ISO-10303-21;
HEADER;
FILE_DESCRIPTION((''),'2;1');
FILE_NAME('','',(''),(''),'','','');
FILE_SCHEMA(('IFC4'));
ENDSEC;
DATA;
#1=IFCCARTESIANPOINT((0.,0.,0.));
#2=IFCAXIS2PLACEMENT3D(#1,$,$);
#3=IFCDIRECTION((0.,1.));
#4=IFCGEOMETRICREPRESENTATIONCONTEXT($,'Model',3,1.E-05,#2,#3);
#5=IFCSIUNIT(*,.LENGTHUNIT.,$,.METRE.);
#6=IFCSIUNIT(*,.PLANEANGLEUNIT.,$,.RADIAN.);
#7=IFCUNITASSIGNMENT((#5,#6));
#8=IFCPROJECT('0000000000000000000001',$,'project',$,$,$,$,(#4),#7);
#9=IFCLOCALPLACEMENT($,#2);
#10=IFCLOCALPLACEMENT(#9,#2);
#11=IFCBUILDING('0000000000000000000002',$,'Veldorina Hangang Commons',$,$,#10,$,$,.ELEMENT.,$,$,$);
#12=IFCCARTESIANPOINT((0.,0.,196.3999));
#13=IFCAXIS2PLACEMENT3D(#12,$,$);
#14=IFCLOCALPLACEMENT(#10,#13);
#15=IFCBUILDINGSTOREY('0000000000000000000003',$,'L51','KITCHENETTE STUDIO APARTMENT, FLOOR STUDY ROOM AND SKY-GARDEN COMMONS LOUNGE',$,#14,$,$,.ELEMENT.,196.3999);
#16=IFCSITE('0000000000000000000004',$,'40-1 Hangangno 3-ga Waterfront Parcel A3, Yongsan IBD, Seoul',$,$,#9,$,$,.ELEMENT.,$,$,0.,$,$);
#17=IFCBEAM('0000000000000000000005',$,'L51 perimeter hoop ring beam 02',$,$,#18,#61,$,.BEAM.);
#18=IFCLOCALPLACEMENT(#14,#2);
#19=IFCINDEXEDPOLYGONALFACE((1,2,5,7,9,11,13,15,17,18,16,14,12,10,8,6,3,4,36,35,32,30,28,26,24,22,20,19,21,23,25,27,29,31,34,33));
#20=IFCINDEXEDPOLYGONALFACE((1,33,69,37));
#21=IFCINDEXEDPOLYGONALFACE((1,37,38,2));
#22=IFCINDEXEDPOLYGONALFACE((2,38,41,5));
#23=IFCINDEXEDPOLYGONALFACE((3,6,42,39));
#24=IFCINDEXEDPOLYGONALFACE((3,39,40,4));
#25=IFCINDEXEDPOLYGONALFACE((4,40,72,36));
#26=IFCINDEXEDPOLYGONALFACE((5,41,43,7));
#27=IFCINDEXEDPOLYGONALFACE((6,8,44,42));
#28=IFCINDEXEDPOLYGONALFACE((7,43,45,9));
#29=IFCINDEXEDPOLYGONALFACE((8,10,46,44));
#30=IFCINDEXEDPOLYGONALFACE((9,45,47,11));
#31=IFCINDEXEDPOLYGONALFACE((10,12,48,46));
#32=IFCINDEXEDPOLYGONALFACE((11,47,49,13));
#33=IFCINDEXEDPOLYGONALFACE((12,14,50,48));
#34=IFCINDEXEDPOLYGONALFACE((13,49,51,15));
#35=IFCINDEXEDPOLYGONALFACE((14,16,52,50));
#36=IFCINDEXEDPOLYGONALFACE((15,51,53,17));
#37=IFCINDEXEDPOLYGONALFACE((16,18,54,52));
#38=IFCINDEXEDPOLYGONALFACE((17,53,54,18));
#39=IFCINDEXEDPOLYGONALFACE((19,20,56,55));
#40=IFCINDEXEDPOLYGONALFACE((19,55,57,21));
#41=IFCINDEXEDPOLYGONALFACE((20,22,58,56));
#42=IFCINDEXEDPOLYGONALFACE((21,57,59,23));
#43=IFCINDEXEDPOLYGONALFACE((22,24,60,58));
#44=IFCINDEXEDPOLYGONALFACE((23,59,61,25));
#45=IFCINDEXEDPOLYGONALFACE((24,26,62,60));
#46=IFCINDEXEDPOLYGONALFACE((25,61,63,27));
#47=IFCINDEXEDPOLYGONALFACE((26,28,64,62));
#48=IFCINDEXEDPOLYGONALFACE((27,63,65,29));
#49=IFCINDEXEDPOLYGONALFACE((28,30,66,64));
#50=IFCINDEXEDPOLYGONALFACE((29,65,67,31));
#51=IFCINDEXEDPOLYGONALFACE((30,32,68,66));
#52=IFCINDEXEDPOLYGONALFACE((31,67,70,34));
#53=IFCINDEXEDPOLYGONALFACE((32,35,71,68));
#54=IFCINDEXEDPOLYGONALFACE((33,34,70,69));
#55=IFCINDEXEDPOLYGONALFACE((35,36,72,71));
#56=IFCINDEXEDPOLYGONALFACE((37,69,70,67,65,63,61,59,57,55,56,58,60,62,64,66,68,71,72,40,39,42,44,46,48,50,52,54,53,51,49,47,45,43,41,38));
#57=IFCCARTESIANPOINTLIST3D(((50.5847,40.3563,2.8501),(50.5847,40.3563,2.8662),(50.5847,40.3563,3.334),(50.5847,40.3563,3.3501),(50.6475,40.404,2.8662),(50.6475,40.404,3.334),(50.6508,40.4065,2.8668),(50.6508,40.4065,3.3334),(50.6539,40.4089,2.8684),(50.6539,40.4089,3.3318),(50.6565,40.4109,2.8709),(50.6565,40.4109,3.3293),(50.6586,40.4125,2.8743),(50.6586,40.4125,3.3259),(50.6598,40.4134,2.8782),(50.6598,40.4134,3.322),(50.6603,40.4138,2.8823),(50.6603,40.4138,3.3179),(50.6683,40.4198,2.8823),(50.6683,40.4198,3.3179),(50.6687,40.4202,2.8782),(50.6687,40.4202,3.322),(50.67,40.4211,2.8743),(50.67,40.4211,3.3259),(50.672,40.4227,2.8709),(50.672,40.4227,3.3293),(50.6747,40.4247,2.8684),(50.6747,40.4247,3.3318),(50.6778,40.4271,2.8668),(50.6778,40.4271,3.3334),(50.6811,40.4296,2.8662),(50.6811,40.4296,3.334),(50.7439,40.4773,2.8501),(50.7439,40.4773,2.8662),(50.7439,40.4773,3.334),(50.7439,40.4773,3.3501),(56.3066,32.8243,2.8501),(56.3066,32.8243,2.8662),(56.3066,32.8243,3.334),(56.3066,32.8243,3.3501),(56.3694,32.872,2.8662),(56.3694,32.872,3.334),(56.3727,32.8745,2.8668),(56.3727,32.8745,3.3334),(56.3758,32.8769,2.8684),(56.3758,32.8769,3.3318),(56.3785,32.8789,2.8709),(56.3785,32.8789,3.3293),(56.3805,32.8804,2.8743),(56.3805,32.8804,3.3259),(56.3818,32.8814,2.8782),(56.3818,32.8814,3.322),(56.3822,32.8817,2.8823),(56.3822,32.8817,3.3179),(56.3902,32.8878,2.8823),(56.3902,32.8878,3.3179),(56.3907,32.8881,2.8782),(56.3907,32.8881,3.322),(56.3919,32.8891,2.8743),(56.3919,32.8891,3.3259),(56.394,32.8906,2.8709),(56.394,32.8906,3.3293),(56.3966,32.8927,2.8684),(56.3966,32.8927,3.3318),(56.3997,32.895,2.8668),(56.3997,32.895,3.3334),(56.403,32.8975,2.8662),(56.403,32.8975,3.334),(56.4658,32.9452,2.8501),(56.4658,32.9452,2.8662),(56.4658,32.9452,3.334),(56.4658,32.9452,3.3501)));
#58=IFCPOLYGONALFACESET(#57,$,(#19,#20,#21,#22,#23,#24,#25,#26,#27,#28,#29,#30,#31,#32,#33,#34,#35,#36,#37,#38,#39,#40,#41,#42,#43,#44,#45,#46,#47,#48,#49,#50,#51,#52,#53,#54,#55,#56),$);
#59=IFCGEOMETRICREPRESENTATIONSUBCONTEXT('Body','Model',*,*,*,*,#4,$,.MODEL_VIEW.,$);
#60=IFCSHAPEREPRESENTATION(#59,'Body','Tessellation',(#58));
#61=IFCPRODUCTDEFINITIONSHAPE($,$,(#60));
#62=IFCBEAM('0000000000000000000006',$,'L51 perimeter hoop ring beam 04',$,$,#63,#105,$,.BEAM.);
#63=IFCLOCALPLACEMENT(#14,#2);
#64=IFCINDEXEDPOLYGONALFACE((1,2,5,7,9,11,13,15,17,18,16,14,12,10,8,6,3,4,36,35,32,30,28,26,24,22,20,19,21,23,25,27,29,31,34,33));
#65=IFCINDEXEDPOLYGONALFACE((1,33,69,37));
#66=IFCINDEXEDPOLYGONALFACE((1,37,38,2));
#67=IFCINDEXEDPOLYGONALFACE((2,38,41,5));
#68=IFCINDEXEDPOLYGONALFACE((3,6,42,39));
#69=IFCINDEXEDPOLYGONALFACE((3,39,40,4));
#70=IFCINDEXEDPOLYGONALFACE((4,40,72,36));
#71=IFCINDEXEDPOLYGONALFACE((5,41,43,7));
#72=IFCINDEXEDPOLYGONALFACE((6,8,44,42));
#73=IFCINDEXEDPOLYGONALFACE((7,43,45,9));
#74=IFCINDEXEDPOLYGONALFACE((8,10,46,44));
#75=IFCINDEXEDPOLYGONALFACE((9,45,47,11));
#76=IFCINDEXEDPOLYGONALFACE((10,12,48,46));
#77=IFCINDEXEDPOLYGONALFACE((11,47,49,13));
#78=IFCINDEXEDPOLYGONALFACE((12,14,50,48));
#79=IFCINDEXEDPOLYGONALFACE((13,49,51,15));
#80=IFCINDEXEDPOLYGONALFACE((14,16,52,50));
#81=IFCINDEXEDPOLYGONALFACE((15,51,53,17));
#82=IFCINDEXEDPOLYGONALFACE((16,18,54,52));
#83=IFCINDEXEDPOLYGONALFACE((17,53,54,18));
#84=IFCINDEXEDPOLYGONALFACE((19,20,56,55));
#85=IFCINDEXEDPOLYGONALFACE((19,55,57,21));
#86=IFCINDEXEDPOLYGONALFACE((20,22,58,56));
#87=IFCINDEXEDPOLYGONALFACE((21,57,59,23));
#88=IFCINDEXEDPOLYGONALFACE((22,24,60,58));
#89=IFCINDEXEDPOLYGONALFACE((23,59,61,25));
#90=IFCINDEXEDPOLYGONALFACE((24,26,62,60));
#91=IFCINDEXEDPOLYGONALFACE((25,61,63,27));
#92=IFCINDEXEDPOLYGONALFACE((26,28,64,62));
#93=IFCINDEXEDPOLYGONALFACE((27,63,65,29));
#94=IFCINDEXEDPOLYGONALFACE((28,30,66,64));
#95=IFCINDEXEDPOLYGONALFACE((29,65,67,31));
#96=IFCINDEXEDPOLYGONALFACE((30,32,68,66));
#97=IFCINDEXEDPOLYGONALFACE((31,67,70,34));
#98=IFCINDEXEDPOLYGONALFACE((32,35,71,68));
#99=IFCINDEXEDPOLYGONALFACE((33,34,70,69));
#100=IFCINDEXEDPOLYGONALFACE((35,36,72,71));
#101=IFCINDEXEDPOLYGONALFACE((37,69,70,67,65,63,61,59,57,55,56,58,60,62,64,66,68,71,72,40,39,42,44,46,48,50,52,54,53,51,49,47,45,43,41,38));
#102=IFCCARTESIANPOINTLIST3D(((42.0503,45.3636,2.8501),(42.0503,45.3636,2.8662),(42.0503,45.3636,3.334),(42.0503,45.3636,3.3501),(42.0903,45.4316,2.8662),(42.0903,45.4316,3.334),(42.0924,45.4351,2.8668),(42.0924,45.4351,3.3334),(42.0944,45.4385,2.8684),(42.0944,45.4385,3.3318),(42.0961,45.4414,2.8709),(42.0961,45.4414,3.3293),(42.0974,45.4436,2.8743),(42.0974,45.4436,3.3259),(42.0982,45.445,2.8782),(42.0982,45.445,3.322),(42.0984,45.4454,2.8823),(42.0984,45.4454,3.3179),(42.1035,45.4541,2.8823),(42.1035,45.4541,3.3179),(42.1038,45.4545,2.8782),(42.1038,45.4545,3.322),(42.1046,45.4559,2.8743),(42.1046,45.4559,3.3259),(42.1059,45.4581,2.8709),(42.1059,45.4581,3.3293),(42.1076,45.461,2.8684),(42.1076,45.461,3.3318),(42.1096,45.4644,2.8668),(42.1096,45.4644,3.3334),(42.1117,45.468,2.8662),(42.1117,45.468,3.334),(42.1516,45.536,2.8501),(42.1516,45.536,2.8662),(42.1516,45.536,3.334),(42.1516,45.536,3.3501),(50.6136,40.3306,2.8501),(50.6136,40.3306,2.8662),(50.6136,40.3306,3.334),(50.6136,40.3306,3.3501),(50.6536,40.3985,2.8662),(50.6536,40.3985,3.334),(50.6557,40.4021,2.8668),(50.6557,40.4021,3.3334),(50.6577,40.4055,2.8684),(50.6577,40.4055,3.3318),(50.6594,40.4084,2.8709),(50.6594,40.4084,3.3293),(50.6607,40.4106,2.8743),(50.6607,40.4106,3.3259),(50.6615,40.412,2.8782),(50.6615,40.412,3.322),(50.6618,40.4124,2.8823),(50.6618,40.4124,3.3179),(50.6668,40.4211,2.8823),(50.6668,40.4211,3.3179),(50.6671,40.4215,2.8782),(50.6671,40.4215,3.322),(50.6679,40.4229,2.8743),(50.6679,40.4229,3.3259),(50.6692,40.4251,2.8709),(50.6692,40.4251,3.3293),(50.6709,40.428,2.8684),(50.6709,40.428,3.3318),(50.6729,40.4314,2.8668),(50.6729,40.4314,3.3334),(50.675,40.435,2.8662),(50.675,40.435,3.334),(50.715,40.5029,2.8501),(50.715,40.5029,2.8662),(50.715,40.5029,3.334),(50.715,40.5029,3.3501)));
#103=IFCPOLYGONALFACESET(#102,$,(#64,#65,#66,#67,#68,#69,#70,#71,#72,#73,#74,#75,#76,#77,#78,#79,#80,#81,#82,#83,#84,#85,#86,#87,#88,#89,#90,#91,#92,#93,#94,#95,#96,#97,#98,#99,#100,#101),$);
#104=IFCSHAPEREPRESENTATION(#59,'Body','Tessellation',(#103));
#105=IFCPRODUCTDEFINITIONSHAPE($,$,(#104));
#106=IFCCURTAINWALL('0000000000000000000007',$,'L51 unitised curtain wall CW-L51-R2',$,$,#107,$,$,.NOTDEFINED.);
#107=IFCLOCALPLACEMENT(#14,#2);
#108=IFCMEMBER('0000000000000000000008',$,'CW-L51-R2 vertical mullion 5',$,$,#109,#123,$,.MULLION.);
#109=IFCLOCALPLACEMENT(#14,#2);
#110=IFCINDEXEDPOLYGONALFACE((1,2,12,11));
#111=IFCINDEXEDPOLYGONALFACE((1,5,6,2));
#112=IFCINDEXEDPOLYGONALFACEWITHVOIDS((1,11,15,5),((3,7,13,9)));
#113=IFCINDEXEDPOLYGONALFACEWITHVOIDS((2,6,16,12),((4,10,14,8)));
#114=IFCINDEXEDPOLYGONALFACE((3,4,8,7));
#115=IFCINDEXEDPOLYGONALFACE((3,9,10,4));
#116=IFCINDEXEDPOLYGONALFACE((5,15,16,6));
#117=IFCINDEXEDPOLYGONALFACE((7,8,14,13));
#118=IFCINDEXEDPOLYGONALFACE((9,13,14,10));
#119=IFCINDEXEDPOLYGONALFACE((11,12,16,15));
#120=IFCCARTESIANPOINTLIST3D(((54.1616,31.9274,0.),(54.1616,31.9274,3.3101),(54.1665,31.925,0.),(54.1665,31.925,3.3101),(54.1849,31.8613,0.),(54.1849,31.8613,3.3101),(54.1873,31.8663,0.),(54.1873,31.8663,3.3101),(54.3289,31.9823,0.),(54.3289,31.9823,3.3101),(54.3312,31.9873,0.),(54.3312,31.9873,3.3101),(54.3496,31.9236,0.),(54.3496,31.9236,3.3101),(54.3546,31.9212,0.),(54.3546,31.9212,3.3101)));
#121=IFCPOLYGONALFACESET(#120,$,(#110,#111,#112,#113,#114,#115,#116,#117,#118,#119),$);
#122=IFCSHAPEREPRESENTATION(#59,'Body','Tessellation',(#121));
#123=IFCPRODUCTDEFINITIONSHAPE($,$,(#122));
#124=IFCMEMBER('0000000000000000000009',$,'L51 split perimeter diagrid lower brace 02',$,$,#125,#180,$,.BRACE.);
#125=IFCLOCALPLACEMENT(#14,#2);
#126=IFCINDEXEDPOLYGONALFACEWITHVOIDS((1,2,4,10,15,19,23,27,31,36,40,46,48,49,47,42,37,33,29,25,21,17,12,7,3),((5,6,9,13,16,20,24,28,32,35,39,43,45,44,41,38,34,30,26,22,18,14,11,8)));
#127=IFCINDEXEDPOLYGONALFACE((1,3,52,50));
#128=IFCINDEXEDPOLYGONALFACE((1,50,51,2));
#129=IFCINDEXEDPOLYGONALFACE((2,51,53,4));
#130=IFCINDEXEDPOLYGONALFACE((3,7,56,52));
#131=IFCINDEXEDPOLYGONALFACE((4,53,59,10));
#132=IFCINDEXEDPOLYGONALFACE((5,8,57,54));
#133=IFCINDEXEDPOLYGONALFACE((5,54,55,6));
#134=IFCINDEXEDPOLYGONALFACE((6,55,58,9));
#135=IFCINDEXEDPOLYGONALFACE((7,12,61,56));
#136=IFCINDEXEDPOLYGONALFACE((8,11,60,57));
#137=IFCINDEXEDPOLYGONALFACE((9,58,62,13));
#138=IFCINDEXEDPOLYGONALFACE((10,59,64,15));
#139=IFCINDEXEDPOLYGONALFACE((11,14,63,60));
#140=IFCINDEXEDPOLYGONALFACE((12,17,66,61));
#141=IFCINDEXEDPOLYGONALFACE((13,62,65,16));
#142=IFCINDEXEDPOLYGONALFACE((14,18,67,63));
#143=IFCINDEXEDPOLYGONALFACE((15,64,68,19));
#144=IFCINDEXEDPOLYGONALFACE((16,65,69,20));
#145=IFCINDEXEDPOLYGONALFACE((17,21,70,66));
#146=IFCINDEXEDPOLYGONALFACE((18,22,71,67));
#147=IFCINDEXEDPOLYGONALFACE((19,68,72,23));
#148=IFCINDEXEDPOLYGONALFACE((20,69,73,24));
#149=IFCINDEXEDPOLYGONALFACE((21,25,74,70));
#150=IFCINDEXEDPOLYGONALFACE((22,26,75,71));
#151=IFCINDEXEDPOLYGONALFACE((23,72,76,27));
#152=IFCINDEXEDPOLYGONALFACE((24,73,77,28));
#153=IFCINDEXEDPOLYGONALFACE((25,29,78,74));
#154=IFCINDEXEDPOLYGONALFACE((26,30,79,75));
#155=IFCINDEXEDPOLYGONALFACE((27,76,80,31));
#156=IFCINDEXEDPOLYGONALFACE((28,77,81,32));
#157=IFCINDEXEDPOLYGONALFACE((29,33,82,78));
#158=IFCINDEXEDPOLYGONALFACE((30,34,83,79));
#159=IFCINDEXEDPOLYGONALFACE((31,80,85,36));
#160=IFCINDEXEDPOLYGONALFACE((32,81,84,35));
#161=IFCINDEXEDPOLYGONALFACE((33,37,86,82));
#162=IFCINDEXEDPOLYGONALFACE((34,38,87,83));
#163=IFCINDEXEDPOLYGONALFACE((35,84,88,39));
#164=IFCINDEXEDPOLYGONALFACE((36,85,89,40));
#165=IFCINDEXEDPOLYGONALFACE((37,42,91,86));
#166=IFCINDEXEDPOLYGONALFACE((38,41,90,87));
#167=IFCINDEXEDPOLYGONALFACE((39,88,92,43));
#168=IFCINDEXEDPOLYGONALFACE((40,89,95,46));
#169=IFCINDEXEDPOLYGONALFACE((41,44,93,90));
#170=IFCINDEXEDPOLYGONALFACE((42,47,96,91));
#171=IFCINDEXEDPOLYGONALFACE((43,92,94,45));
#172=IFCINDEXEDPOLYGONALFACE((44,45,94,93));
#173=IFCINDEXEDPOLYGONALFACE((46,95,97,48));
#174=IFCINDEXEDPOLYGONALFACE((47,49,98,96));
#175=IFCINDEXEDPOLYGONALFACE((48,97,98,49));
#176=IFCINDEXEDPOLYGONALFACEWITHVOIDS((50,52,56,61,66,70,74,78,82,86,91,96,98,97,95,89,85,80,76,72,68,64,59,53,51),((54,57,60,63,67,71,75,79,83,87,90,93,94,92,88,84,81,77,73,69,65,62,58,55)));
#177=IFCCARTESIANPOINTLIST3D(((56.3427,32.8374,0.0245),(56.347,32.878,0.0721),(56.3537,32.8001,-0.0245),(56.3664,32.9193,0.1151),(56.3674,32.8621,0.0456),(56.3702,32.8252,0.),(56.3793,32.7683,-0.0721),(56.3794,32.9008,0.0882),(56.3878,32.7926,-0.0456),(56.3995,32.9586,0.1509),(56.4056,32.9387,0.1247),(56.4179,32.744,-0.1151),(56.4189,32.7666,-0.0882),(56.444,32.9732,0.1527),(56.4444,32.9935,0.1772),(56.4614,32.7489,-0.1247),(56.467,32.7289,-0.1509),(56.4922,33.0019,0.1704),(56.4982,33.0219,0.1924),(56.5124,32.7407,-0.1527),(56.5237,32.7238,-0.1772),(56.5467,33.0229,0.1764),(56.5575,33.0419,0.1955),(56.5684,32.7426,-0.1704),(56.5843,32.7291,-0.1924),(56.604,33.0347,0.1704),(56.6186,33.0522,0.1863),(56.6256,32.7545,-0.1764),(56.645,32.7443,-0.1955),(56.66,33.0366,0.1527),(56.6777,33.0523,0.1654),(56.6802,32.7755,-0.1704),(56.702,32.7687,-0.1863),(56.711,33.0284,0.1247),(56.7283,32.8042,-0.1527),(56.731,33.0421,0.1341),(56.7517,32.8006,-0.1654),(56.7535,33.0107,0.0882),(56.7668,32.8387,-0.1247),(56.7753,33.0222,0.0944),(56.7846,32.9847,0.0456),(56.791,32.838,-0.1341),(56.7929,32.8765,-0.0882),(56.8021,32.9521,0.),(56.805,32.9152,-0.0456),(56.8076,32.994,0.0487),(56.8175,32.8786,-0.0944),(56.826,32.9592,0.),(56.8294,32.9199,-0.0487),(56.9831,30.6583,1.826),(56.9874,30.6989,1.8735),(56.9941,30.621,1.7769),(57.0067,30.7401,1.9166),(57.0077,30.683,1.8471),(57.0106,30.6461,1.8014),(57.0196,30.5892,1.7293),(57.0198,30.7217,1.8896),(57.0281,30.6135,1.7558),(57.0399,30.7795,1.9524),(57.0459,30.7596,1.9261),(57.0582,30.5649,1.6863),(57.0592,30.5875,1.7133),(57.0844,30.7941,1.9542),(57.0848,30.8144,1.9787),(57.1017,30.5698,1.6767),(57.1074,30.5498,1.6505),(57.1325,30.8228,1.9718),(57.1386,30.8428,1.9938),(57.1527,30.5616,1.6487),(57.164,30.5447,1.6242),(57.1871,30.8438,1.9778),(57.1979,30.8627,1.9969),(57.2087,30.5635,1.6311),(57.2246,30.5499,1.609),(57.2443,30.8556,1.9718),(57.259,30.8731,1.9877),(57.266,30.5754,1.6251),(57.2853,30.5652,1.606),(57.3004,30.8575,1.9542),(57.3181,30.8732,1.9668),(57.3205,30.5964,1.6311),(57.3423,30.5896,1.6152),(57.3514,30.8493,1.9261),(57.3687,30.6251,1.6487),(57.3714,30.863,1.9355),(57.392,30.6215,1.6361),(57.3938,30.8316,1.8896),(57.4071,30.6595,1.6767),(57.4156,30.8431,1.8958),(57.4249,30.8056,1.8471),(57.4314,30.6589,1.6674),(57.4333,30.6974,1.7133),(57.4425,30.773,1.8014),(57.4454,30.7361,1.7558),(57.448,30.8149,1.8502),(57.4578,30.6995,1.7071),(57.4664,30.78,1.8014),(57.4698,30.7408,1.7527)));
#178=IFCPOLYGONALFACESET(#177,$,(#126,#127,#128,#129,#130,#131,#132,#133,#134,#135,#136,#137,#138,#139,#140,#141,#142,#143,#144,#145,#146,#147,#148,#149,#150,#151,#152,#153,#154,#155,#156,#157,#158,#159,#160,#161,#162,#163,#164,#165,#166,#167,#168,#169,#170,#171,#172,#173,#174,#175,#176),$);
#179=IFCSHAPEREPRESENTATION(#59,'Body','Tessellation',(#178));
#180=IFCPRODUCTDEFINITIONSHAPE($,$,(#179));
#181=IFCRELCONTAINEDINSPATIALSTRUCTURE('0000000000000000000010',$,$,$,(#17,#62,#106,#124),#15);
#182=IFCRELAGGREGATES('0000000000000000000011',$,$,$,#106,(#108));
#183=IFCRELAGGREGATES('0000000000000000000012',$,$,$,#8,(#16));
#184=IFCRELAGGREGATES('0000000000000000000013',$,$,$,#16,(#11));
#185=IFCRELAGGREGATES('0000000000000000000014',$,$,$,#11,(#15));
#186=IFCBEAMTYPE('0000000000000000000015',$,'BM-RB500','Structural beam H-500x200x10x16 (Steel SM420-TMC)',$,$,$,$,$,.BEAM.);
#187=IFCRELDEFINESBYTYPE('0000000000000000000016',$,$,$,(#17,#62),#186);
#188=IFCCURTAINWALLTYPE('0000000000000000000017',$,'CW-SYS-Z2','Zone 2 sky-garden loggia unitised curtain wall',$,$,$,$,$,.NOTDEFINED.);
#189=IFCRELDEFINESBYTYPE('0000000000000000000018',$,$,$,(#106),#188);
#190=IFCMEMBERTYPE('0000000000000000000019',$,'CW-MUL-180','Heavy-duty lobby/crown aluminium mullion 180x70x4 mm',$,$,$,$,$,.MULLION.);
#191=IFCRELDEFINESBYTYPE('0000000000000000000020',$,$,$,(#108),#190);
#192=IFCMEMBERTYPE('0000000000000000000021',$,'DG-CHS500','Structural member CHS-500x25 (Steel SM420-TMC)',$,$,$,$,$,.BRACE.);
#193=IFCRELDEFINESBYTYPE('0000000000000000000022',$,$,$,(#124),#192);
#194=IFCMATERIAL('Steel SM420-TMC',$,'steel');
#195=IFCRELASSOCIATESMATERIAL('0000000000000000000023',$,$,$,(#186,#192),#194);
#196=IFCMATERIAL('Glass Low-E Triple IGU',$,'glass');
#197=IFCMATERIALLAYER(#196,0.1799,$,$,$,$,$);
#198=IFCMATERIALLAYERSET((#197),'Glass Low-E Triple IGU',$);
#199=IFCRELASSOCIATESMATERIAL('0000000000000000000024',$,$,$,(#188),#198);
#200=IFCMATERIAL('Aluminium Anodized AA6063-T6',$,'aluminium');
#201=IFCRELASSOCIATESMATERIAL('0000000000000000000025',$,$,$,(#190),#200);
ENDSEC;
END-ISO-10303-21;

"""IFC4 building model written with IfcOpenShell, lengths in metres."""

from ifc_helpers import new_model, si_unit, direction, frame, origin, origin_2d, place, context, subcontext, project, spatial, hollow_rectangle, hollow_circle, i_section, extrude, material, layer, layer_set, material_profile, profile_set, type_object, element, aggregate, save


model = new_model("IFC4")

# Units and contexts
model_context = context("Model", 3, precision=1e-05, world=origin(), true_north=direction((0.0, 1.0)))
body_context = subcontext(model_context, "Body", "Model", "MODEL_VIEW")
ifc_project = project(units=[si_unit("LENGTHUNIT", "METRE"), si_unit("PLANEANGLEUNIT", "RADIAN")], contexts=[model_context])

# Site, building, storey
site_placement = place(None, origin())
site = spatial("IfcSite", under=ifc_project, at=site_placement, Name="40-1 Hangangno 3-ga Waterfront Parcel A3, Yongsan IBD, Seoul", CompositionType="ELEMENT", RefElevation=0.0)
building_placement = place(site_placement, origin())
building = spatial("IfcBuilding", under=site, at=building_placement, Name="Veldorina Hangang Commons", CompositionType="ELEMENT")
storey_placement = place(building_placement, frame((0.0, 0.0, 196.3999)))
storey = spatial("IfcBuildingStorey", under=building, at=storey_placement, Name="L51", Description="KITCHENETTE STUDIO APARTMENT, FLOOR STUDY ROOM AND SKY-GARDEN COMMONS LOUNGE", CompositionType="ELEMENT", Elevation=196.3999)

# Beams
ifc_material_1 = material(Name="Steel SM420-TMC", Category="steel")
ifc_material_profile_1 = material_profile(ifc_material_1, i_section(OverallWidth=0.2, OverallDepth=0.5, WebThickness=0.01, FlangeThickness=0.0161, FilletRadius=0.0161, at=origin_2d()), Name="H-500x200x10x16")
ifc_profile_set_1 = profile_set([ifc_material_profile_1], Name="Steel SM420-TMC")
beam_type = type_object("IfcBeamType", Name="BM-RB500", Description="Structural beam H-500x200x10x16 (Steel SM420-TMC)", PredefinedType="BEAM", material=ifc_profile_set_1)
beam_1_placement = place(storey_placement, frame((56.3862, 32.8848, 3.1001), z_axis=(-0.604924, 0.796284, 0.0), x_axis=(-0.796284, -0.604924, 0.0)))
element("IfcBeam", 1, at=beam_1_placement, inside=storey, type_object=beam_type, Name="L51 perimeter hoop ring beam 02", PredefinedType="BEAM", context=body_context, shape_type="SweptSolid", body=[
    extrude(i_section(OverallWidth=0.2, OverallDepth=0.5, WebThickness=0.01, FlangeThickness=0.0161, FilletRadius=0.0161, at=origin_2d()), origin(), (0.0, 0.0, 1.0), 9.459),
])
beam_2_placement = place(storey_placement, frame((50.6643, 40.4167, 3.1001), z_axis=(-0.862121, 0.506703, 0.0), x_axis=(-0.506703, -0.862121, 0.0)))
element("IfcBeam", 2, at=beam_2_placement, inside=storey, type_object=beam_type, Name="L51 perimeter hoop ring beam 04", PredefinedType="BEAM", context=body_context, shape_type="SweptSolid", body=[
    extrude(i_section(OverallWidth=0.2, OverallDepth=0.5, WebThickness=0.01, FlangeThickness=0.0161, FilletRadius=0.0161, at=origin_2d()), origin(), (0.0, 0.0, 1.0), 9.9329),
])

# Curtain wall, member
ifc_material_2 = material(Name="Glass Low-E Triple IGU", Category="glass")
ifc_layer_1 = layer(ifc_material_2, 0.1799)
ifc_layer_set_1 = layer_set([ifc_layer_1], Name="Glass Low-E Triple IGU")
curtain_wall_type = type_object("IfcCurtainWallType", Name="CW-SYS-Z2", Description="Zone 2 sky-garden loggia unitised curtain wall", PredefinedType="NOTDEFINED", material=ifc_layer_set_1)
curtain_wall_placement = place(storey_placement, origin())
curtain_wall = element("IfcCurtainWall", 3, at=curtain_wall_placement, inside=storey, type_object=curtain_wall_type, Name="L51 unitised curtain wall CW-L51-R2", PredefinedType="NOTDEFINED")
ifc_material_3 = material(Name="Aluminium Anodized AA6063-T6", Category="aluminium")
ifc_material_profile_2 = material_profile(ifc_material_3, hollow_rectangle(XDim=0.0701, YDim=0.1799, WallThickness=0.0039, at=origin_2d()), Name="ALU-RHS-180x70x4")
ifc_profile_set_2 = profile_set([ifc_material_profile_2], Name="Aluminium Anodized AA6063-T6")
member_type_1 = type_object("IfcMemberType", Name="CW-MUL-180", Description="Heavy-duty lobby/crown aluminium mullion 180x70x4 mm", PredefinedType="MULLION", material=ifc_profile_set_2)
member_1_placement = place(storey_placement, frame((54.2581, 31.9243, 0.0), z_axis=(0.0, 0.0, 1.0), x_axis=(0.33282, -0.942991, 0.0)))
member_1 = element("IfcMember", 4, at=member_1_placement, type_object=member_type_1, Name="CW-L51-R2 vertical mullion 5", PredefinedType="MULLION", context=body_context, shape_type="SweptSolid", body=[
    extrude(hollow_rectangle(XDim=0.0701, YDim=0.1799, WallThickness=0.0039, at=origin_2d()), origin(), (0.0, 0.0, 1.0), 3.3101),
])
aggregate(curtain_wall, [member_1])

# Member
ifc_material_profile_3 = material_profile(ifc_material_1, hollow_circle(Radius=0.25, WallThickness=0.0249, at=origin_2d()), Name="CHS-500x25")
ifc_profile_set_3 = profile_set([ifc_material_profile_3], Name="Steel SM420-TMC")
member_type_2 = type_object("IfcMemberType", Name="DG-CHS500", Description="Structural member CHS-500x25 (Steel SM420-TMC)", PredefinedType="BRACE", material=ifc_profile_set_3)
member_2_placement = place(storey_placement, frame((56.5862, 32.8887, 0.0), z_axis=(0.220894, -0.751696, 0.621417), x_axis=(0.959432, 0.281939, 0.0)))
element("IfcMember", 5, at=member_2_placement, inside=storey, type_object=member_type_2, Name="L51 split perimeter diagrid lower brace 02", PredefinedType="BRACE", context=body_context, shape_type="SweptSolid", body=[
    extrude(hollow_circle(Radius=0.25, WallThickness=0.0249, at=origin_2d()), origin(), (0.0, 0.0, 1.0), 2.8989),
])

save(model, "model.ifc")
